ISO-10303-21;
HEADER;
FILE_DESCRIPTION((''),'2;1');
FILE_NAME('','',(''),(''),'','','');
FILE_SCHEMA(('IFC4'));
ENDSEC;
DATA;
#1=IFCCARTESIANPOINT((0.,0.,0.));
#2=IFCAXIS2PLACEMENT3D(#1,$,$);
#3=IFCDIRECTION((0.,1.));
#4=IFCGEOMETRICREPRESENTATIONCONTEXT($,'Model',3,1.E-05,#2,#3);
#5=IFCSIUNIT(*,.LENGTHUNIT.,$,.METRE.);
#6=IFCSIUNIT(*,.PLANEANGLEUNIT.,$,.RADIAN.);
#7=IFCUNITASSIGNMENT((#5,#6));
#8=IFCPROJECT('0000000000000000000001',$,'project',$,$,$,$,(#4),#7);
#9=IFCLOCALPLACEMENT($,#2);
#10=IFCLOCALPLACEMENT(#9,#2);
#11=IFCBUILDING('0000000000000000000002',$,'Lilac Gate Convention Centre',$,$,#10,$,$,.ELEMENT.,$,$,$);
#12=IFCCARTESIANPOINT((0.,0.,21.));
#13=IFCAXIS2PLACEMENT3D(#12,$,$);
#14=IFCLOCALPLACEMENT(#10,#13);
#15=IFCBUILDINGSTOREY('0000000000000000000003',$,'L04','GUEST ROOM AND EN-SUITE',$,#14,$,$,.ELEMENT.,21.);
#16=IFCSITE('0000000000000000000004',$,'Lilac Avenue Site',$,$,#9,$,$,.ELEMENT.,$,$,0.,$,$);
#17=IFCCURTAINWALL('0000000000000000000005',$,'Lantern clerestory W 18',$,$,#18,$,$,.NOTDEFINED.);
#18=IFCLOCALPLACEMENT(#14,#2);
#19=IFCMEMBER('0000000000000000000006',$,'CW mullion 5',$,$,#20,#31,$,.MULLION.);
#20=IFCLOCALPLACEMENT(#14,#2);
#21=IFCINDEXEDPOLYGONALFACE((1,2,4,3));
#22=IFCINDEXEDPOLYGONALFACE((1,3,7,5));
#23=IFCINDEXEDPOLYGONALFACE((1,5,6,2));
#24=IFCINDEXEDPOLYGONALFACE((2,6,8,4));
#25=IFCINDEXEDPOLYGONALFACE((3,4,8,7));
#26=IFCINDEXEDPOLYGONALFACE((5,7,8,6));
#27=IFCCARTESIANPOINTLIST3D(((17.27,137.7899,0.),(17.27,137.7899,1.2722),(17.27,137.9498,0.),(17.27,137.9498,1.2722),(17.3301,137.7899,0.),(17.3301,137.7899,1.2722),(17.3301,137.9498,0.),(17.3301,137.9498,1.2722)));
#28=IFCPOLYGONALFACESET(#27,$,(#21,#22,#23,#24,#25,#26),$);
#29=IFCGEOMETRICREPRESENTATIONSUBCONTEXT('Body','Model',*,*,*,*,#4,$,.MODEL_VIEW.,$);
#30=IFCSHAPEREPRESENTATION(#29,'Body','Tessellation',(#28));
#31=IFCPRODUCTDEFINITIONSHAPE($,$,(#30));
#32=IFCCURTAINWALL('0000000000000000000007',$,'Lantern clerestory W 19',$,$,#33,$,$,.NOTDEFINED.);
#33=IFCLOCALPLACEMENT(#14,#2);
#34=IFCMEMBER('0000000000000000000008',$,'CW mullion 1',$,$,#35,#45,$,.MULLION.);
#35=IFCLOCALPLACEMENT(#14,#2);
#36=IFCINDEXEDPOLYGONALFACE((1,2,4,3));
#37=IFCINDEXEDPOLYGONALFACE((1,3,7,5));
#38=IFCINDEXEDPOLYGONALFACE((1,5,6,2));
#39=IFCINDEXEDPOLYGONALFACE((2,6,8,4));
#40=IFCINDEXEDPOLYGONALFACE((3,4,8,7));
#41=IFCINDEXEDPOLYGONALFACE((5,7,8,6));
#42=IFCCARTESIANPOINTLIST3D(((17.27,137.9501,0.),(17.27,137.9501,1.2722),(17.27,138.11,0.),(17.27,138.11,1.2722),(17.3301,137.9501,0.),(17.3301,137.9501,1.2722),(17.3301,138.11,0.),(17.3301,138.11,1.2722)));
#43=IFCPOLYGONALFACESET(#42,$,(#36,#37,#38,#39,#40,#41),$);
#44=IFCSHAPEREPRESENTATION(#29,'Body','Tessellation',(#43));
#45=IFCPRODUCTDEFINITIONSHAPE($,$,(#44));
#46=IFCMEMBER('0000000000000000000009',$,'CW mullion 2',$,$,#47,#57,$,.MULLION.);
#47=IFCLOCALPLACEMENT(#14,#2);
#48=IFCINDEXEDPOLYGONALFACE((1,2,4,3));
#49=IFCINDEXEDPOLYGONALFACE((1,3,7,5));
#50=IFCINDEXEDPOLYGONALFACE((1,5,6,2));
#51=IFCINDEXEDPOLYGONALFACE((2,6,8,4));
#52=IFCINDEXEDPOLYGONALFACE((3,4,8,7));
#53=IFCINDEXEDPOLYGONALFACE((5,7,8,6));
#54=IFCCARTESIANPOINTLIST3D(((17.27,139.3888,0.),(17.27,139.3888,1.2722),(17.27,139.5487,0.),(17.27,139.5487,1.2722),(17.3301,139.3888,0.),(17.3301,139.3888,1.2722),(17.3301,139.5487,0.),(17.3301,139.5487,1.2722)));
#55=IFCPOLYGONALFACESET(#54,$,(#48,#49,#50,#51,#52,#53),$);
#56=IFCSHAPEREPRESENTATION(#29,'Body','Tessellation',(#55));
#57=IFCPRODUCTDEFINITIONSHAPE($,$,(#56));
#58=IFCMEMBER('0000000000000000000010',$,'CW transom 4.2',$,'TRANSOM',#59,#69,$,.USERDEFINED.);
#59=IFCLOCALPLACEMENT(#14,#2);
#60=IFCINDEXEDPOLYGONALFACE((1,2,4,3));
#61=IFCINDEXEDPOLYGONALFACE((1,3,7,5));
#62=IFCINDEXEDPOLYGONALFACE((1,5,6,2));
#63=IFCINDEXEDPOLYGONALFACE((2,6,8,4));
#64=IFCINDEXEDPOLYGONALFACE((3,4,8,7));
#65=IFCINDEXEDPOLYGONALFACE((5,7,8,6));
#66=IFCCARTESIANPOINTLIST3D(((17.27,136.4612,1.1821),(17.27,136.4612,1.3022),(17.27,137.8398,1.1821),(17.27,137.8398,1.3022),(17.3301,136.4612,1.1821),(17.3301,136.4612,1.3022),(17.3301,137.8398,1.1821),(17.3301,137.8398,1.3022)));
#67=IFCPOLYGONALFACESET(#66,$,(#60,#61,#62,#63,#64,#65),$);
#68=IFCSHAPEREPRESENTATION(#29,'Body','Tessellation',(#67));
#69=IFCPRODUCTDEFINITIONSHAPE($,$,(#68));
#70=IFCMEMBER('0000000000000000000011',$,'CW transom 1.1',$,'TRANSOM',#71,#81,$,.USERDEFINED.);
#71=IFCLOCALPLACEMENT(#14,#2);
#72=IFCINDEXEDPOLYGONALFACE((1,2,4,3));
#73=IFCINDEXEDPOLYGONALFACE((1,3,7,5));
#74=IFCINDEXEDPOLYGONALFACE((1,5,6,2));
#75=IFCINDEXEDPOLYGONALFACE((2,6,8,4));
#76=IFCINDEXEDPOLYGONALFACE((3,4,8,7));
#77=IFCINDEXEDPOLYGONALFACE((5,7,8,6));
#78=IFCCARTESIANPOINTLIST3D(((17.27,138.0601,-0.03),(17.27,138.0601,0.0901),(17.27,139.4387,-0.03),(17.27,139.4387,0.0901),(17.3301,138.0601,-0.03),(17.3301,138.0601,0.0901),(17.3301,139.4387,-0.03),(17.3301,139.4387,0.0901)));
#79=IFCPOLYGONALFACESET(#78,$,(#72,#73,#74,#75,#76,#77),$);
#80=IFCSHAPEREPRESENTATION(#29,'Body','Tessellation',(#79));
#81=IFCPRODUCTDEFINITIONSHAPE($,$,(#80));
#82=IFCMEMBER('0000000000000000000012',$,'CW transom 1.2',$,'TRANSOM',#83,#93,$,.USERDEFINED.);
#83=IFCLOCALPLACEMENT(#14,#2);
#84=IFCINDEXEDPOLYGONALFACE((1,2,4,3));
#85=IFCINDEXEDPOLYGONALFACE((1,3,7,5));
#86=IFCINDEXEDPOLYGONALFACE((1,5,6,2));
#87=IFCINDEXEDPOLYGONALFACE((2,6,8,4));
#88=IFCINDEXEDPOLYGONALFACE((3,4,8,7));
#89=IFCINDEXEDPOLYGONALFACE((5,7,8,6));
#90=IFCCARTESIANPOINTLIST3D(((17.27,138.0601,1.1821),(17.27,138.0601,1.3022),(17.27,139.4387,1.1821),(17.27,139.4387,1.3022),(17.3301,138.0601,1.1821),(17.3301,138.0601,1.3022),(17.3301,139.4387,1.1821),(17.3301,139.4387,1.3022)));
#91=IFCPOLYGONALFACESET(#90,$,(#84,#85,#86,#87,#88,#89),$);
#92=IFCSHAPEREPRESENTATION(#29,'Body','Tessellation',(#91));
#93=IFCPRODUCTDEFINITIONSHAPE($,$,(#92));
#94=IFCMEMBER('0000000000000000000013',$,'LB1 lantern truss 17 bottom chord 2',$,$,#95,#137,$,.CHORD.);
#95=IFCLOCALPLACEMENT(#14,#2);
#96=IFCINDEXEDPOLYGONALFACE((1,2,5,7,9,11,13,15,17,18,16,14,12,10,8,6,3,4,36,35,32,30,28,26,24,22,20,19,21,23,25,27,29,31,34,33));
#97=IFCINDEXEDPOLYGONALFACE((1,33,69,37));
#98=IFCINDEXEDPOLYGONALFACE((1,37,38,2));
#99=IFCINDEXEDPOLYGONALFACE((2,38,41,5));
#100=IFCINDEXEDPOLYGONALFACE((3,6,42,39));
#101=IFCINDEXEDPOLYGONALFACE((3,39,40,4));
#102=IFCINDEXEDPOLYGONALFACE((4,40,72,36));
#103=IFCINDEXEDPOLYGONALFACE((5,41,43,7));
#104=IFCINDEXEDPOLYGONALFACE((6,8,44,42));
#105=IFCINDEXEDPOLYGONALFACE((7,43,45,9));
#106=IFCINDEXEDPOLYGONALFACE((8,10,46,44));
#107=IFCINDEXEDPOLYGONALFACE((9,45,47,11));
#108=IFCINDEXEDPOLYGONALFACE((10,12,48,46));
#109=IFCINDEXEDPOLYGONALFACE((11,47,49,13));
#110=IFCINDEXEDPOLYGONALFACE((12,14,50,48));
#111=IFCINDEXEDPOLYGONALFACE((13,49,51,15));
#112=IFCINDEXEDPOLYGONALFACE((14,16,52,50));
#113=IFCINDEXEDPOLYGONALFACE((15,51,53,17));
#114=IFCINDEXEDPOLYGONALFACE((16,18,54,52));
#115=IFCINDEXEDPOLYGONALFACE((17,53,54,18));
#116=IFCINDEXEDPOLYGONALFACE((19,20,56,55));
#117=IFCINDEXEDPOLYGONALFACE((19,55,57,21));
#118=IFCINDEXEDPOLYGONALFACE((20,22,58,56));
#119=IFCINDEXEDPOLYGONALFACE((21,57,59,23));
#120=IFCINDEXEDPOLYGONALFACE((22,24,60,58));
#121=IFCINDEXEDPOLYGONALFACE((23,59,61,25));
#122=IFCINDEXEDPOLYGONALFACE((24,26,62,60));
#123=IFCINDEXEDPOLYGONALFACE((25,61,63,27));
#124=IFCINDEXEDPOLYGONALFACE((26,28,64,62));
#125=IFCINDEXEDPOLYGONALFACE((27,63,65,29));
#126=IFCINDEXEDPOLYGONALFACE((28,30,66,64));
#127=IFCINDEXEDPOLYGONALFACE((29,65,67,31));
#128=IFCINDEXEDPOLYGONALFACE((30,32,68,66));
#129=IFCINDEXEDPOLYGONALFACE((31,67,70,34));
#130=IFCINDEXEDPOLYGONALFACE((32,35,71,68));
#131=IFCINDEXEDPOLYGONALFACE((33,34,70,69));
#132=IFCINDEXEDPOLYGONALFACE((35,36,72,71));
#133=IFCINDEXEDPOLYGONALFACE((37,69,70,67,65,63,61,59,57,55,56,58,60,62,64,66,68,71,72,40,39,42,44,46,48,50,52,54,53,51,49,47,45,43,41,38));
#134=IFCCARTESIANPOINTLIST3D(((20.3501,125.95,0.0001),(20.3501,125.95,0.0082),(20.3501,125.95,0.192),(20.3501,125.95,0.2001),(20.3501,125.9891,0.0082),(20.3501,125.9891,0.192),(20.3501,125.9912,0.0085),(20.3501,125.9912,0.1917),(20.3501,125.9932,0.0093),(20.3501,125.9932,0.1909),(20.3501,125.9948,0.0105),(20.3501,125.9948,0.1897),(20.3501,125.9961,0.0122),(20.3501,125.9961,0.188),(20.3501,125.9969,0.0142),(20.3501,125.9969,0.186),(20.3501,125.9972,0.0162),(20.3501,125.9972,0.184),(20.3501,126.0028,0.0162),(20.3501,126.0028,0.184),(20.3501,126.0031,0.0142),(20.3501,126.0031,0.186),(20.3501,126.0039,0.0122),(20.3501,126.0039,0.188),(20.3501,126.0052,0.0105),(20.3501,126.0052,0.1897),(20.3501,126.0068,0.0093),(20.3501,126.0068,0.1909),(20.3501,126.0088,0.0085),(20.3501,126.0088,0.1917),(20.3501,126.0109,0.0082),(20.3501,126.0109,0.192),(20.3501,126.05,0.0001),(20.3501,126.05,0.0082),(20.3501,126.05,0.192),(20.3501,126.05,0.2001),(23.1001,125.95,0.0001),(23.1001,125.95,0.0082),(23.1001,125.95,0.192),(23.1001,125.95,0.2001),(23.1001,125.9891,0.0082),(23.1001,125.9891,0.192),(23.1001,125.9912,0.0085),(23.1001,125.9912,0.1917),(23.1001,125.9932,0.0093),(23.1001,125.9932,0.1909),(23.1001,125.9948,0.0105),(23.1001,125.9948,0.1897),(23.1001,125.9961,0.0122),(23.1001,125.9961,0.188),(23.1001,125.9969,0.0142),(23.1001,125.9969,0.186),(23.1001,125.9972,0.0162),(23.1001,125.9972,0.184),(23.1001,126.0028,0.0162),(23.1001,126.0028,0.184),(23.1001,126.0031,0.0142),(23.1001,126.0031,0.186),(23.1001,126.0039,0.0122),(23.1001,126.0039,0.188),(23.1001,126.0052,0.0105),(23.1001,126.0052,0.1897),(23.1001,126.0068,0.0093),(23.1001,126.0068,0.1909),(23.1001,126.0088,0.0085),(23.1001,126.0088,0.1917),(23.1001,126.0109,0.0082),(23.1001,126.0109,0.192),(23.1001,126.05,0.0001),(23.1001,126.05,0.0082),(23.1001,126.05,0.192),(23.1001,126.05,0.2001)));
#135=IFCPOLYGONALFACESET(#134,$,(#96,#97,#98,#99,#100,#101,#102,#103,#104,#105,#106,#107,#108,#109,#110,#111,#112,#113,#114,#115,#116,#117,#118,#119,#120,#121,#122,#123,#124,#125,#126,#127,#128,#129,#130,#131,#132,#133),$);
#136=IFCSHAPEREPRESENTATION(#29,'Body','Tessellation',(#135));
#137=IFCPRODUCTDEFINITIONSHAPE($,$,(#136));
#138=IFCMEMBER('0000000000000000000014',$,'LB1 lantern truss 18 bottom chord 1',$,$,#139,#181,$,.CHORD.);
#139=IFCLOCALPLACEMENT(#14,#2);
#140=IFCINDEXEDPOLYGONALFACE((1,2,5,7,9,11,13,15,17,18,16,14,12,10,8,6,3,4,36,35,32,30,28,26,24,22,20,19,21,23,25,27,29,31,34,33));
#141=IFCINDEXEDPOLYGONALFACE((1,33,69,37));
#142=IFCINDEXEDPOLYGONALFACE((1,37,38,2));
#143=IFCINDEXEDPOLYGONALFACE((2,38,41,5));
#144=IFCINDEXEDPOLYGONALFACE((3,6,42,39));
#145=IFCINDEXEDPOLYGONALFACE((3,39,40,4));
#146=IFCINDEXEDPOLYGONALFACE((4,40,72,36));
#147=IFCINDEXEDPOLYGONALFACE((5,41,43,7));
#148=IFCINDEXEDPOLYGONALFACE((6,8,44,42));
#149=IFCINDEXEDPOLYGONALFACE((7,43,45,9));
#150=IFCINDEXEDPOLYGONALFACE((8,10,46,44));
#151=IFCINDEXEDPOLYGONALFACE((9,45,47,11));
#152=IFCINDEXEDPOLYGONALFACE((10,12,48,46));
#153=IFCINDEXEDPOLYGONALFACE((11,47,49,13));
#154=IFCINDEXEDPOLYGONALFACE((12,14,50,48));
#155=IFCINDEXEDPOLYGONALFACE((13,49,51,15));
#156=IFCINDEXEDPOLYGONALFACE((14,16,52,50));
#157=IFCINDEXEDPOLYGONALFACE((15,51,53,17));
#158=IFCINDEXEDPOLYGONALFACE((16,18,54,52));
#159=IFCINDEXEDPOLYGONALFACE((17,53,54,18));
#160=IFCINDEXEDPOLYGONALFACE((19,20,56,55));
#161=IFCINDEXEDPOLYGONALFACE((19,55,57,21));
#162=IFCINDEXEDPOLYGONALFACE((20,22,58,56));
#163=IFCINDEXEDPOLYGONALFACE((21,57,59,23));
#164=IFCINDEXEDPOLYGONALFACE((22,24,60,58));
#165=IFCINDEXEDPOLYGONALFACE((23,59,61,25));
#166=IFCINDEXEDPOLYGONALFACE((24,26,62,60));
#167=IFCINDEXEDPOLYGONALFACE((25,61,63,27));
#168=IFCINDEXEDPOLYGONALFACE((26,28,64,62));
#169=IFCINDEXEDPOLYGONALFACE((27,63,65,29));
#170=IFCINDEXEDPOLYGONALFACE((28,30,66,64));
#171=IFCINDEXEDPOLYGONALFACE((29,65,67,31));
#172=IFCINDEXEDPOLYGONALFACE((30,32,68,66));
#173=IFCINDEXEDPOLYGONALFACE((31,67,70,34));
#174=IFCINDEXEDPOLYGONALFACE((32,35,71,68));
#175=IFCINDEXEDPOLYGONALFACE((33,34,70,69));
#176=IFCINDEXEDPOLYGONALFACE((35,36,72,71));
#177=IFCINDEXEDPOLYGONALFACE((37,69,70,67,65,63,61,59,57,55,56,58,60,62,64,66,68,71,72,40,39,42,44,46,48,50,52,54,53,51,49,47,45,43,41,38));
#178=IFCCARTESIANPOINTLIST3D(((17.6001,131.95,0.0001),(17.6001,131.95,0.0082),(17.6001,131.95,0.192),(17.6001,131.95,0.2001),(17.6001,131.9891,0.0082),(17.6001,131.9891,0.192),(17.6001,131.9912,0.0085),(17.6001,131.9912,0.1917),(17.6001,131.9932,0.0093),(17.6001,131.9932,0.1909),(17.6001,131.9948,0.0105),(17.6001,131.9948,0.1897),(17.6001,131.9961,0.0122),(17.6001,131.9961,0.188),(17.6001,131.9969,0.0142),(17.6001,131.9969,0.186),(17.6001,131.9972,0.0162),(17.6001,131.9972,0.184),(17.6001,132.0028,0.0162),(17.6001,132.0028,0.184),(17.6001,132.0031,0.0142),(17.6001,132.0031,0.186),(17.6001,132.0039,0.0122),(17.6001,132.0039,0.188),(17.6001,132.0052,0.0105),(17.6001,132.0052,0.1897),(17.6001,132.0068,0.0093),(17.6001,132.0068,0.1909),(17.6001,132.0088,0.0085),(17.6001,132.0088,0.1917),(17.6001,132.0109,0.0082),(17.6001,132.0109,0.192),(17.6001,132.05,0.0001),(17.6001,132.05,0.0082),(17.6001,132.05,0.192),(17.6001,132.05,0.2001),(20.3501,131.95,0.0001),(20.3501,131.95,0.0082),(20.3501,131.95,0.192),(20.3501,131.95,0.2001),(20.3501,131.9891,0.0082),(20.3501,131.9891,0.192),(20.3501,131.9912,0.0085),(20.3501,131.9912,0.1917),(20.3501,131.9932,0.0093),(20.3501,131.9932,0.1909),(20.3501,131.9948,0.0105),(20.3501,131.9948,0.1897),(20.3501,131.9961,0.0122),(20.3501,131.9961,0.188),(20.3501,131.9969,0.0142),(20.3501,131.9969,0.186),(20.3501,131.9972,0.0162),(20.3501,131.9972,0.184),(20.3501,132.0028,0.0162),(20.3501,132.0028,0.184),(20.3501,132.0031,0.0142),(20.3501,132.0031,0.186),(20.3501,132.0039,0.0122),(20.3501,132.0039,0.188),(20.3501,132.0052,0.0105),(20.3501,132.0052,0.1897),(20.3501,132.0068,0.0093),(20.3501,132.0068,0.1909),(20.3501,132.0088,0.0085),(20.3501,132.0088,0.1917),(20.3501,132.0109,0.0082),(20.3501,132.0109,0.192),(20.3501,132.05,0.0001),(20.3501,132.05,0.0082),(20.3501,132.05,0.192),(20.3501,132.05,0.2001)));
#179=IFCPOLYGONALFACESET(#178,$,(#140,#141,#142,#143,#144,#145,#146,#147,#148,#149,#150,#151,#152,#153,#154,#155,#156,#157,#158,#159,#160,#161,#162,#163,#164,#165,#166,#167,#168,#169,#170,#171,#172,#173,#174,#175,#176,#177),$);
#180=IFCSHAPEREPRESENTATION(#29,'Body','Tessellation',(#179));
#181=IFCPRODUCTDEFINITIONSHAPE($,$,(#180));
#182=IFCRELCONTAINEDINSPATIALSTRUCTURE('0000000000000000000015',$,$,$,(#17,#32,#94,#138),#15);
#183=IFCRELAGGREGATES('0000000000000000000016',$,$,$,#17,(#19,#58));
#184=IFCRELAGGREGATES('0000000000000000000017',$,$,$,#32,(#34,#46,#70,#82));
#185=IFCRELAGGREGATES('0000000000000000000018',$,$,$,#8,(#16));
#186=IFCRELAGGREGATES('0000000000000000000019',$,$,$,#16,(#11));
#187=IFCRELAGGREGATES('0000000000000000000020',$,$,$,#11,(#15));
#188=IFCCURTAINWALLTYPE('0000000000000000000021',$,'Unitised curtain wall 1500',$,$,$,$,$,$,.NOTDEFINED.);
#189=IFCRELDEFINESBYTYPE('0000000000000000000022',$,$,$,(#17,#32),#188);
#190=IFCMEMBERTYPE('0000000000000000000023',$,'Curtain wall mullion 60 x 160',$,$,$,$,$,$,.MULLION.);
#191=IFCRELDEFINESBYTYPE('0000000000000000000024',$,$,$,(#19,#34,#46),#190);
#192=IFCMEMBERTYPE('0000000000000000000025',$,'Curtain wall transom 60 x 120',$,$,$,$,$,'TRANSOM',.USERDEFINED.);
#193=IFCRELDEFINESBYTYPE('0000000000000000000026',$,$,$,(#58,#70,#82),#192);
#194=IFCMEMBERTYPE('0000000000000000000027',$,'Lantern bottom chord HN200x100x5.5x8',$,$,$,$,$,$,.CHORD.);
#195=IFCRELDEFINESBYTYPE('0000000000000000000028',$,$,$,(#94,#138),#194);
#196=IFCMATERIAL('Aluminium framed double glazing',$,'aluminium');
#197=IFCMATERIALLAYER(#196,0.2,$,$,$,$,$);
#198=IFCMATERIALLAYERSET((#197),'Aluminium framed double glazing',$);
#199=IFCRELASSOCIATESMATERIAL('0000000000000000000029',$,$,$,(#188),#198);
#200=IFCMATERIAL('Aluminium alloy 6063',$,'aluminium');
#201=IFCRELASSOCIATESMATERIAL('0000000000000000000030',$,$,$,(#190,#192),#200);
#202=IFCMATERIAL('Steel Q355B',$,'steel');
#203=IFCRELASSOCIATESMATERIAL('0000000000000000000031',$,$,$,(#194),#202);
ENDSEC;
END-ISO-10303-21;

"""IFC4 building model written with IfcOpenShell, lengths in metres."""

from ifc_helpers import new_model, si_unit, direction, frame, origin, origin_2d, place, context, subcontext, project, spatial, rectangle, i_section, extrude, material, layer, layer_set, material_profile, profile_set, type_object, element, aggregate, save


model = new_model("IFC4")

# Units and contexts
model_context = context("Model", 3, precision=1e-05, world=origin(), true_north=direction((0.0, 1.0)))
body_context = subcontext(model_context, "Body", "Model", "MODEL_VIEW")
ifc_project = project(units=[si_unit("LENGTHUNIT", "METRE"), si_unit("PLANEANGLEUNIT", "RADIAN")], contexts=[model_context])

# Site, building, storey
site_placement = place(None, origin())
site = spatial("IfcSite", under=ifc_project, at=site_placement, Name="Lilac Avenue Site", CompositionType="ELEMENT", RefElevation=0.0)
building_placement = place(site_placement, origin())
building = spatial("IfcBuilding", under=site, at=building_placement, Name="Lilac Gate Convention Centre", CompositionType="ELEMENT")
storey_placement = place(building_placement, frame((0.0, 0.0, 21.0)))
storey = spatial("IfcBuildingStorey", under=building, at=storey_placement, Name="L04", Description="GUEST ROOM AND EN-SUITE", CompositionType="ELEMENT", Elevation=21.0)

# Curtain wall, member
ifc_material_1 = material(Name="Aluminium framed double glazing", Category="aluminium")
ifc_layer_1 = layer(ifc_material_1, 0.2)
ifc_layer_set_1 = layer_set([ifc_layer_1], Name="Aluminium framed double glazing")
curtain_wall_type = type_object("IfcCurtainWallType", Name="Unitised curtain wall 1500", PredefinedType="NOTDEFINED", material=ifc_layer_set_1)
curtain_wall_1_placement = place(storey_placement, origin())
curtain_wall_1 = element("IfcCurtainWall", 1, at=curtain_wall_1_placement, inside=storey, type_object=curtain_wall_type, Name="Lantern clerestory W 18", PredefinedType="NOTDEFINED")
ifc_material_2 = material(Name="Aluminium alloy 6063", Category="aluminium")
ifc_material_profile_1 = material_profile(ifc_material_2, rectangle(XDim=0.0601, YDim=0.1599, at=origin_2d()), Name="Curtain wall mullion 60 x 160")
ifc_profile_set_1 = profile_set([ifc_material_profile_1], Name="Aluminium alloy 6063")
member_type_1 = type_object("IfcMemberType", Name="Curtain wall mullion 60 x 160", PredefinedType="MULLION", material=ifc_profile_set_1)
member_1_placement = place(storey_placement, frame((17.3, 137.8699, 0.0), z_axis=(0.0, 0.0, 1.0), x_axis=(-1.0, 0.0, 0.0)))
member_1 = element("IfcMember", 2, at=member_1_placement, type_object=member_type_1, Name="CW mullion 5", PredefinedType="MULLION", context=body_context, shape_type="SweptSolid", body=[
    extrude(rectangle(XDim=0.0601, YDim=0.1599, at=origin_2d()), origin(), (0.0, 0.0, 1.0), 1.2722),
])

# Curtain wall, members
curtain_wall_2_placement = place(storey_placement, origin())
curtain_wall_2 = element("IfcCurtainWall", 3, at=curtain_wall_2_placement, inside=storey, type_object=curtain_wall_type, Name="Lantern clerestory W 19", PredefinedType="NOTDEFINED")
member_2_placement = place(storey_placement, frame((17.3, 138.03, 0.0), z_axis=(0.0, 0.0, 1.0), x_axis=(-1.0, 0.0, 0.0)))
member_2 = element("IfcMember", 4, at=member_2_placement, type_object=member_type_1, Name="CW mullion 1", PredefinedType="MULLION", context=body_context, shape_type="SweptSolid", body=[
    extrude(rectangle(XDim=0.0601, YDim=0.1599, at=origin_2d()), origin(), (0.0, 0.0, 1.0), 1.2722),
])
member_3_placement = place(storey_placement, frame((17.3, 139.4688, 0.0), z_axis=(0.0, 0.0, 1.0), x_axis=(-1.0, 0.0, 0.0)))
member_3 = element("IfcMember", 5, at=member_3_placement, type_object=member_type_1, Name="CW mullion 2", PredefinedType="MULLION", context=body_context, shape_type="SweptSolid", body=[
    extrude(rectangle(XDim=0.0601, YDim=0.1599, at=origin_2d()), origin(), (0.0, 0.0, 1.0), 1.2722),
])

# Members
ifc_material_profile_2 = material_profile(ifc_material_2, rectangle(XDim=0.0601, YDim=0.1201, at=origin_2d()), Name="Curtain wall transom 60 x 120")
ifc_profile_set_2 = profile_set([ifc_material_profile_2], Name="Aluminium alloy 6063")
member_type_2 = type_object("IfcMemberType", Name="Curtain wall transom 60 x 120", ElementType="TRANSOM", PredefinedType="USERDEFINED", material=ifc_profile_set_2)
member_4_placement = place(storey_placement, frame((17.3, 136.4612, 1.2422), z_axis=(0.0, 1.0, 0.0), x_axis=(-1.0, 0.0, 0.0)))
member_4 = element("IfcMember", 6, at=member_4_placement, type_object=member_type_2, Name="CW transom 4.2", ObjectType="TRANSOM", PredefinedType="USERDEFINED", context=body_context, shape_type="SweptSolid", body=[
    extrude(rectangle(XDim=0.0601, YDim=0.1201, at=origin_2d()), origin(), (0.0, 0.0, 1.0), 1.3787),
])
member_5_placement = place(storey_placement, frame((17.3, 138.0601, 0.03), z_axis=(0.0, 1.0, 0.0), x_axis=(-1.0, 0.0, 0.0)))
member_5 = element("IfcMember", 7, at=member_5_placement, type_object=member_type_2, Name="CW transom 1.1", ObjectType="TRANSOM", PredefinedType="USERDEFINED", context=body_context, shape_type="SweptSolid", body=[
    extrude(rectangle(XDim=0.0601, YDim=0.1201, at=origin_2d()), origin(), (0.0, 0.0, 1.0), 1.3787),
])
member_6_placement = place(storey_placement, frame((17.3, 138.0601, 1.2422), z_axis=(0.0, 1.0, 0.0), x_axis=(-1.0, 0.0, 0.0)))
member_6 = element("IfcMember", 8, at=member_6_placement, type_object=member_type_2, Name="CW transom 1.2", ObjectType="TRANSOM", PredefinedType="USERDEFINED", context=body_context, shape_type="SweptSolid", body=[
    extrude(rectangle(XDim=0.0601, YDim=0.1201, at=origin_2d()), origin(), (0.0, 0.0, 1.0), 1.3787),
])

# Members
ifc_material_3 = material(Name="Steel Q355B", Category="steel")
ifc_material_profile_3 = material_profile(ifc_material_3, i_section(OverallWidth=0.1001, OverallDepth=0.2, WebThickness=0.0056, FlangeThickness=0.0081, FilletRadius=0.0081, at=origin_2d()), Name="HN200x100x5.5x8")
ifc_profile_set_3 = profile_set([ifc_material_profile_3], Name="Steel Q355B")
member_type_3 = type_object("IfcMemberType", Name="Lantern bottom chord HN200x100x5.5x8", PredefinedType="CHORD", material=ifc_profile_set_3)
for number, where, z_axis, x_axis, name in (
    (9, (20.3501, 126.0, 0.1001), (1.0, 0.0, 0.0), (0.0, 1.0, 0.0), "LB1 lantern truss 17 bottom chord 2"),
    (10, (17.6001, 132.0, 0.1001), (1.0, 0.0, 0.0), (0.0, 1.0, 0.0), "LB1 lantern truss 18 bottom chord 1"),
):
    element("IfcMember", number, at=place(storey_placement, frame(where, z_axis=z_axis, x_axis=x_axis)), inside=storey, type_object=member_type_3, Name=name, PredefinedType="CHORD", context=body_context, shape_type="SweptSolid", body=[
        extrude(i_section(OverallWidth=0.1001, OverallDepth=0.2, WebThickness=0.0056, FlangeThickness=0.0081, FilletRadius=0.0081, at=origin_2d()), origin(), (0.0, 0.0, 1.0), 2.75),
    ])

aggregate(curtain_wall_1, [member_1, member_4])
aggregate(curtain_wall_2, [member_2, member_3, member_5, member_6])

save(model, "model.ifc")
